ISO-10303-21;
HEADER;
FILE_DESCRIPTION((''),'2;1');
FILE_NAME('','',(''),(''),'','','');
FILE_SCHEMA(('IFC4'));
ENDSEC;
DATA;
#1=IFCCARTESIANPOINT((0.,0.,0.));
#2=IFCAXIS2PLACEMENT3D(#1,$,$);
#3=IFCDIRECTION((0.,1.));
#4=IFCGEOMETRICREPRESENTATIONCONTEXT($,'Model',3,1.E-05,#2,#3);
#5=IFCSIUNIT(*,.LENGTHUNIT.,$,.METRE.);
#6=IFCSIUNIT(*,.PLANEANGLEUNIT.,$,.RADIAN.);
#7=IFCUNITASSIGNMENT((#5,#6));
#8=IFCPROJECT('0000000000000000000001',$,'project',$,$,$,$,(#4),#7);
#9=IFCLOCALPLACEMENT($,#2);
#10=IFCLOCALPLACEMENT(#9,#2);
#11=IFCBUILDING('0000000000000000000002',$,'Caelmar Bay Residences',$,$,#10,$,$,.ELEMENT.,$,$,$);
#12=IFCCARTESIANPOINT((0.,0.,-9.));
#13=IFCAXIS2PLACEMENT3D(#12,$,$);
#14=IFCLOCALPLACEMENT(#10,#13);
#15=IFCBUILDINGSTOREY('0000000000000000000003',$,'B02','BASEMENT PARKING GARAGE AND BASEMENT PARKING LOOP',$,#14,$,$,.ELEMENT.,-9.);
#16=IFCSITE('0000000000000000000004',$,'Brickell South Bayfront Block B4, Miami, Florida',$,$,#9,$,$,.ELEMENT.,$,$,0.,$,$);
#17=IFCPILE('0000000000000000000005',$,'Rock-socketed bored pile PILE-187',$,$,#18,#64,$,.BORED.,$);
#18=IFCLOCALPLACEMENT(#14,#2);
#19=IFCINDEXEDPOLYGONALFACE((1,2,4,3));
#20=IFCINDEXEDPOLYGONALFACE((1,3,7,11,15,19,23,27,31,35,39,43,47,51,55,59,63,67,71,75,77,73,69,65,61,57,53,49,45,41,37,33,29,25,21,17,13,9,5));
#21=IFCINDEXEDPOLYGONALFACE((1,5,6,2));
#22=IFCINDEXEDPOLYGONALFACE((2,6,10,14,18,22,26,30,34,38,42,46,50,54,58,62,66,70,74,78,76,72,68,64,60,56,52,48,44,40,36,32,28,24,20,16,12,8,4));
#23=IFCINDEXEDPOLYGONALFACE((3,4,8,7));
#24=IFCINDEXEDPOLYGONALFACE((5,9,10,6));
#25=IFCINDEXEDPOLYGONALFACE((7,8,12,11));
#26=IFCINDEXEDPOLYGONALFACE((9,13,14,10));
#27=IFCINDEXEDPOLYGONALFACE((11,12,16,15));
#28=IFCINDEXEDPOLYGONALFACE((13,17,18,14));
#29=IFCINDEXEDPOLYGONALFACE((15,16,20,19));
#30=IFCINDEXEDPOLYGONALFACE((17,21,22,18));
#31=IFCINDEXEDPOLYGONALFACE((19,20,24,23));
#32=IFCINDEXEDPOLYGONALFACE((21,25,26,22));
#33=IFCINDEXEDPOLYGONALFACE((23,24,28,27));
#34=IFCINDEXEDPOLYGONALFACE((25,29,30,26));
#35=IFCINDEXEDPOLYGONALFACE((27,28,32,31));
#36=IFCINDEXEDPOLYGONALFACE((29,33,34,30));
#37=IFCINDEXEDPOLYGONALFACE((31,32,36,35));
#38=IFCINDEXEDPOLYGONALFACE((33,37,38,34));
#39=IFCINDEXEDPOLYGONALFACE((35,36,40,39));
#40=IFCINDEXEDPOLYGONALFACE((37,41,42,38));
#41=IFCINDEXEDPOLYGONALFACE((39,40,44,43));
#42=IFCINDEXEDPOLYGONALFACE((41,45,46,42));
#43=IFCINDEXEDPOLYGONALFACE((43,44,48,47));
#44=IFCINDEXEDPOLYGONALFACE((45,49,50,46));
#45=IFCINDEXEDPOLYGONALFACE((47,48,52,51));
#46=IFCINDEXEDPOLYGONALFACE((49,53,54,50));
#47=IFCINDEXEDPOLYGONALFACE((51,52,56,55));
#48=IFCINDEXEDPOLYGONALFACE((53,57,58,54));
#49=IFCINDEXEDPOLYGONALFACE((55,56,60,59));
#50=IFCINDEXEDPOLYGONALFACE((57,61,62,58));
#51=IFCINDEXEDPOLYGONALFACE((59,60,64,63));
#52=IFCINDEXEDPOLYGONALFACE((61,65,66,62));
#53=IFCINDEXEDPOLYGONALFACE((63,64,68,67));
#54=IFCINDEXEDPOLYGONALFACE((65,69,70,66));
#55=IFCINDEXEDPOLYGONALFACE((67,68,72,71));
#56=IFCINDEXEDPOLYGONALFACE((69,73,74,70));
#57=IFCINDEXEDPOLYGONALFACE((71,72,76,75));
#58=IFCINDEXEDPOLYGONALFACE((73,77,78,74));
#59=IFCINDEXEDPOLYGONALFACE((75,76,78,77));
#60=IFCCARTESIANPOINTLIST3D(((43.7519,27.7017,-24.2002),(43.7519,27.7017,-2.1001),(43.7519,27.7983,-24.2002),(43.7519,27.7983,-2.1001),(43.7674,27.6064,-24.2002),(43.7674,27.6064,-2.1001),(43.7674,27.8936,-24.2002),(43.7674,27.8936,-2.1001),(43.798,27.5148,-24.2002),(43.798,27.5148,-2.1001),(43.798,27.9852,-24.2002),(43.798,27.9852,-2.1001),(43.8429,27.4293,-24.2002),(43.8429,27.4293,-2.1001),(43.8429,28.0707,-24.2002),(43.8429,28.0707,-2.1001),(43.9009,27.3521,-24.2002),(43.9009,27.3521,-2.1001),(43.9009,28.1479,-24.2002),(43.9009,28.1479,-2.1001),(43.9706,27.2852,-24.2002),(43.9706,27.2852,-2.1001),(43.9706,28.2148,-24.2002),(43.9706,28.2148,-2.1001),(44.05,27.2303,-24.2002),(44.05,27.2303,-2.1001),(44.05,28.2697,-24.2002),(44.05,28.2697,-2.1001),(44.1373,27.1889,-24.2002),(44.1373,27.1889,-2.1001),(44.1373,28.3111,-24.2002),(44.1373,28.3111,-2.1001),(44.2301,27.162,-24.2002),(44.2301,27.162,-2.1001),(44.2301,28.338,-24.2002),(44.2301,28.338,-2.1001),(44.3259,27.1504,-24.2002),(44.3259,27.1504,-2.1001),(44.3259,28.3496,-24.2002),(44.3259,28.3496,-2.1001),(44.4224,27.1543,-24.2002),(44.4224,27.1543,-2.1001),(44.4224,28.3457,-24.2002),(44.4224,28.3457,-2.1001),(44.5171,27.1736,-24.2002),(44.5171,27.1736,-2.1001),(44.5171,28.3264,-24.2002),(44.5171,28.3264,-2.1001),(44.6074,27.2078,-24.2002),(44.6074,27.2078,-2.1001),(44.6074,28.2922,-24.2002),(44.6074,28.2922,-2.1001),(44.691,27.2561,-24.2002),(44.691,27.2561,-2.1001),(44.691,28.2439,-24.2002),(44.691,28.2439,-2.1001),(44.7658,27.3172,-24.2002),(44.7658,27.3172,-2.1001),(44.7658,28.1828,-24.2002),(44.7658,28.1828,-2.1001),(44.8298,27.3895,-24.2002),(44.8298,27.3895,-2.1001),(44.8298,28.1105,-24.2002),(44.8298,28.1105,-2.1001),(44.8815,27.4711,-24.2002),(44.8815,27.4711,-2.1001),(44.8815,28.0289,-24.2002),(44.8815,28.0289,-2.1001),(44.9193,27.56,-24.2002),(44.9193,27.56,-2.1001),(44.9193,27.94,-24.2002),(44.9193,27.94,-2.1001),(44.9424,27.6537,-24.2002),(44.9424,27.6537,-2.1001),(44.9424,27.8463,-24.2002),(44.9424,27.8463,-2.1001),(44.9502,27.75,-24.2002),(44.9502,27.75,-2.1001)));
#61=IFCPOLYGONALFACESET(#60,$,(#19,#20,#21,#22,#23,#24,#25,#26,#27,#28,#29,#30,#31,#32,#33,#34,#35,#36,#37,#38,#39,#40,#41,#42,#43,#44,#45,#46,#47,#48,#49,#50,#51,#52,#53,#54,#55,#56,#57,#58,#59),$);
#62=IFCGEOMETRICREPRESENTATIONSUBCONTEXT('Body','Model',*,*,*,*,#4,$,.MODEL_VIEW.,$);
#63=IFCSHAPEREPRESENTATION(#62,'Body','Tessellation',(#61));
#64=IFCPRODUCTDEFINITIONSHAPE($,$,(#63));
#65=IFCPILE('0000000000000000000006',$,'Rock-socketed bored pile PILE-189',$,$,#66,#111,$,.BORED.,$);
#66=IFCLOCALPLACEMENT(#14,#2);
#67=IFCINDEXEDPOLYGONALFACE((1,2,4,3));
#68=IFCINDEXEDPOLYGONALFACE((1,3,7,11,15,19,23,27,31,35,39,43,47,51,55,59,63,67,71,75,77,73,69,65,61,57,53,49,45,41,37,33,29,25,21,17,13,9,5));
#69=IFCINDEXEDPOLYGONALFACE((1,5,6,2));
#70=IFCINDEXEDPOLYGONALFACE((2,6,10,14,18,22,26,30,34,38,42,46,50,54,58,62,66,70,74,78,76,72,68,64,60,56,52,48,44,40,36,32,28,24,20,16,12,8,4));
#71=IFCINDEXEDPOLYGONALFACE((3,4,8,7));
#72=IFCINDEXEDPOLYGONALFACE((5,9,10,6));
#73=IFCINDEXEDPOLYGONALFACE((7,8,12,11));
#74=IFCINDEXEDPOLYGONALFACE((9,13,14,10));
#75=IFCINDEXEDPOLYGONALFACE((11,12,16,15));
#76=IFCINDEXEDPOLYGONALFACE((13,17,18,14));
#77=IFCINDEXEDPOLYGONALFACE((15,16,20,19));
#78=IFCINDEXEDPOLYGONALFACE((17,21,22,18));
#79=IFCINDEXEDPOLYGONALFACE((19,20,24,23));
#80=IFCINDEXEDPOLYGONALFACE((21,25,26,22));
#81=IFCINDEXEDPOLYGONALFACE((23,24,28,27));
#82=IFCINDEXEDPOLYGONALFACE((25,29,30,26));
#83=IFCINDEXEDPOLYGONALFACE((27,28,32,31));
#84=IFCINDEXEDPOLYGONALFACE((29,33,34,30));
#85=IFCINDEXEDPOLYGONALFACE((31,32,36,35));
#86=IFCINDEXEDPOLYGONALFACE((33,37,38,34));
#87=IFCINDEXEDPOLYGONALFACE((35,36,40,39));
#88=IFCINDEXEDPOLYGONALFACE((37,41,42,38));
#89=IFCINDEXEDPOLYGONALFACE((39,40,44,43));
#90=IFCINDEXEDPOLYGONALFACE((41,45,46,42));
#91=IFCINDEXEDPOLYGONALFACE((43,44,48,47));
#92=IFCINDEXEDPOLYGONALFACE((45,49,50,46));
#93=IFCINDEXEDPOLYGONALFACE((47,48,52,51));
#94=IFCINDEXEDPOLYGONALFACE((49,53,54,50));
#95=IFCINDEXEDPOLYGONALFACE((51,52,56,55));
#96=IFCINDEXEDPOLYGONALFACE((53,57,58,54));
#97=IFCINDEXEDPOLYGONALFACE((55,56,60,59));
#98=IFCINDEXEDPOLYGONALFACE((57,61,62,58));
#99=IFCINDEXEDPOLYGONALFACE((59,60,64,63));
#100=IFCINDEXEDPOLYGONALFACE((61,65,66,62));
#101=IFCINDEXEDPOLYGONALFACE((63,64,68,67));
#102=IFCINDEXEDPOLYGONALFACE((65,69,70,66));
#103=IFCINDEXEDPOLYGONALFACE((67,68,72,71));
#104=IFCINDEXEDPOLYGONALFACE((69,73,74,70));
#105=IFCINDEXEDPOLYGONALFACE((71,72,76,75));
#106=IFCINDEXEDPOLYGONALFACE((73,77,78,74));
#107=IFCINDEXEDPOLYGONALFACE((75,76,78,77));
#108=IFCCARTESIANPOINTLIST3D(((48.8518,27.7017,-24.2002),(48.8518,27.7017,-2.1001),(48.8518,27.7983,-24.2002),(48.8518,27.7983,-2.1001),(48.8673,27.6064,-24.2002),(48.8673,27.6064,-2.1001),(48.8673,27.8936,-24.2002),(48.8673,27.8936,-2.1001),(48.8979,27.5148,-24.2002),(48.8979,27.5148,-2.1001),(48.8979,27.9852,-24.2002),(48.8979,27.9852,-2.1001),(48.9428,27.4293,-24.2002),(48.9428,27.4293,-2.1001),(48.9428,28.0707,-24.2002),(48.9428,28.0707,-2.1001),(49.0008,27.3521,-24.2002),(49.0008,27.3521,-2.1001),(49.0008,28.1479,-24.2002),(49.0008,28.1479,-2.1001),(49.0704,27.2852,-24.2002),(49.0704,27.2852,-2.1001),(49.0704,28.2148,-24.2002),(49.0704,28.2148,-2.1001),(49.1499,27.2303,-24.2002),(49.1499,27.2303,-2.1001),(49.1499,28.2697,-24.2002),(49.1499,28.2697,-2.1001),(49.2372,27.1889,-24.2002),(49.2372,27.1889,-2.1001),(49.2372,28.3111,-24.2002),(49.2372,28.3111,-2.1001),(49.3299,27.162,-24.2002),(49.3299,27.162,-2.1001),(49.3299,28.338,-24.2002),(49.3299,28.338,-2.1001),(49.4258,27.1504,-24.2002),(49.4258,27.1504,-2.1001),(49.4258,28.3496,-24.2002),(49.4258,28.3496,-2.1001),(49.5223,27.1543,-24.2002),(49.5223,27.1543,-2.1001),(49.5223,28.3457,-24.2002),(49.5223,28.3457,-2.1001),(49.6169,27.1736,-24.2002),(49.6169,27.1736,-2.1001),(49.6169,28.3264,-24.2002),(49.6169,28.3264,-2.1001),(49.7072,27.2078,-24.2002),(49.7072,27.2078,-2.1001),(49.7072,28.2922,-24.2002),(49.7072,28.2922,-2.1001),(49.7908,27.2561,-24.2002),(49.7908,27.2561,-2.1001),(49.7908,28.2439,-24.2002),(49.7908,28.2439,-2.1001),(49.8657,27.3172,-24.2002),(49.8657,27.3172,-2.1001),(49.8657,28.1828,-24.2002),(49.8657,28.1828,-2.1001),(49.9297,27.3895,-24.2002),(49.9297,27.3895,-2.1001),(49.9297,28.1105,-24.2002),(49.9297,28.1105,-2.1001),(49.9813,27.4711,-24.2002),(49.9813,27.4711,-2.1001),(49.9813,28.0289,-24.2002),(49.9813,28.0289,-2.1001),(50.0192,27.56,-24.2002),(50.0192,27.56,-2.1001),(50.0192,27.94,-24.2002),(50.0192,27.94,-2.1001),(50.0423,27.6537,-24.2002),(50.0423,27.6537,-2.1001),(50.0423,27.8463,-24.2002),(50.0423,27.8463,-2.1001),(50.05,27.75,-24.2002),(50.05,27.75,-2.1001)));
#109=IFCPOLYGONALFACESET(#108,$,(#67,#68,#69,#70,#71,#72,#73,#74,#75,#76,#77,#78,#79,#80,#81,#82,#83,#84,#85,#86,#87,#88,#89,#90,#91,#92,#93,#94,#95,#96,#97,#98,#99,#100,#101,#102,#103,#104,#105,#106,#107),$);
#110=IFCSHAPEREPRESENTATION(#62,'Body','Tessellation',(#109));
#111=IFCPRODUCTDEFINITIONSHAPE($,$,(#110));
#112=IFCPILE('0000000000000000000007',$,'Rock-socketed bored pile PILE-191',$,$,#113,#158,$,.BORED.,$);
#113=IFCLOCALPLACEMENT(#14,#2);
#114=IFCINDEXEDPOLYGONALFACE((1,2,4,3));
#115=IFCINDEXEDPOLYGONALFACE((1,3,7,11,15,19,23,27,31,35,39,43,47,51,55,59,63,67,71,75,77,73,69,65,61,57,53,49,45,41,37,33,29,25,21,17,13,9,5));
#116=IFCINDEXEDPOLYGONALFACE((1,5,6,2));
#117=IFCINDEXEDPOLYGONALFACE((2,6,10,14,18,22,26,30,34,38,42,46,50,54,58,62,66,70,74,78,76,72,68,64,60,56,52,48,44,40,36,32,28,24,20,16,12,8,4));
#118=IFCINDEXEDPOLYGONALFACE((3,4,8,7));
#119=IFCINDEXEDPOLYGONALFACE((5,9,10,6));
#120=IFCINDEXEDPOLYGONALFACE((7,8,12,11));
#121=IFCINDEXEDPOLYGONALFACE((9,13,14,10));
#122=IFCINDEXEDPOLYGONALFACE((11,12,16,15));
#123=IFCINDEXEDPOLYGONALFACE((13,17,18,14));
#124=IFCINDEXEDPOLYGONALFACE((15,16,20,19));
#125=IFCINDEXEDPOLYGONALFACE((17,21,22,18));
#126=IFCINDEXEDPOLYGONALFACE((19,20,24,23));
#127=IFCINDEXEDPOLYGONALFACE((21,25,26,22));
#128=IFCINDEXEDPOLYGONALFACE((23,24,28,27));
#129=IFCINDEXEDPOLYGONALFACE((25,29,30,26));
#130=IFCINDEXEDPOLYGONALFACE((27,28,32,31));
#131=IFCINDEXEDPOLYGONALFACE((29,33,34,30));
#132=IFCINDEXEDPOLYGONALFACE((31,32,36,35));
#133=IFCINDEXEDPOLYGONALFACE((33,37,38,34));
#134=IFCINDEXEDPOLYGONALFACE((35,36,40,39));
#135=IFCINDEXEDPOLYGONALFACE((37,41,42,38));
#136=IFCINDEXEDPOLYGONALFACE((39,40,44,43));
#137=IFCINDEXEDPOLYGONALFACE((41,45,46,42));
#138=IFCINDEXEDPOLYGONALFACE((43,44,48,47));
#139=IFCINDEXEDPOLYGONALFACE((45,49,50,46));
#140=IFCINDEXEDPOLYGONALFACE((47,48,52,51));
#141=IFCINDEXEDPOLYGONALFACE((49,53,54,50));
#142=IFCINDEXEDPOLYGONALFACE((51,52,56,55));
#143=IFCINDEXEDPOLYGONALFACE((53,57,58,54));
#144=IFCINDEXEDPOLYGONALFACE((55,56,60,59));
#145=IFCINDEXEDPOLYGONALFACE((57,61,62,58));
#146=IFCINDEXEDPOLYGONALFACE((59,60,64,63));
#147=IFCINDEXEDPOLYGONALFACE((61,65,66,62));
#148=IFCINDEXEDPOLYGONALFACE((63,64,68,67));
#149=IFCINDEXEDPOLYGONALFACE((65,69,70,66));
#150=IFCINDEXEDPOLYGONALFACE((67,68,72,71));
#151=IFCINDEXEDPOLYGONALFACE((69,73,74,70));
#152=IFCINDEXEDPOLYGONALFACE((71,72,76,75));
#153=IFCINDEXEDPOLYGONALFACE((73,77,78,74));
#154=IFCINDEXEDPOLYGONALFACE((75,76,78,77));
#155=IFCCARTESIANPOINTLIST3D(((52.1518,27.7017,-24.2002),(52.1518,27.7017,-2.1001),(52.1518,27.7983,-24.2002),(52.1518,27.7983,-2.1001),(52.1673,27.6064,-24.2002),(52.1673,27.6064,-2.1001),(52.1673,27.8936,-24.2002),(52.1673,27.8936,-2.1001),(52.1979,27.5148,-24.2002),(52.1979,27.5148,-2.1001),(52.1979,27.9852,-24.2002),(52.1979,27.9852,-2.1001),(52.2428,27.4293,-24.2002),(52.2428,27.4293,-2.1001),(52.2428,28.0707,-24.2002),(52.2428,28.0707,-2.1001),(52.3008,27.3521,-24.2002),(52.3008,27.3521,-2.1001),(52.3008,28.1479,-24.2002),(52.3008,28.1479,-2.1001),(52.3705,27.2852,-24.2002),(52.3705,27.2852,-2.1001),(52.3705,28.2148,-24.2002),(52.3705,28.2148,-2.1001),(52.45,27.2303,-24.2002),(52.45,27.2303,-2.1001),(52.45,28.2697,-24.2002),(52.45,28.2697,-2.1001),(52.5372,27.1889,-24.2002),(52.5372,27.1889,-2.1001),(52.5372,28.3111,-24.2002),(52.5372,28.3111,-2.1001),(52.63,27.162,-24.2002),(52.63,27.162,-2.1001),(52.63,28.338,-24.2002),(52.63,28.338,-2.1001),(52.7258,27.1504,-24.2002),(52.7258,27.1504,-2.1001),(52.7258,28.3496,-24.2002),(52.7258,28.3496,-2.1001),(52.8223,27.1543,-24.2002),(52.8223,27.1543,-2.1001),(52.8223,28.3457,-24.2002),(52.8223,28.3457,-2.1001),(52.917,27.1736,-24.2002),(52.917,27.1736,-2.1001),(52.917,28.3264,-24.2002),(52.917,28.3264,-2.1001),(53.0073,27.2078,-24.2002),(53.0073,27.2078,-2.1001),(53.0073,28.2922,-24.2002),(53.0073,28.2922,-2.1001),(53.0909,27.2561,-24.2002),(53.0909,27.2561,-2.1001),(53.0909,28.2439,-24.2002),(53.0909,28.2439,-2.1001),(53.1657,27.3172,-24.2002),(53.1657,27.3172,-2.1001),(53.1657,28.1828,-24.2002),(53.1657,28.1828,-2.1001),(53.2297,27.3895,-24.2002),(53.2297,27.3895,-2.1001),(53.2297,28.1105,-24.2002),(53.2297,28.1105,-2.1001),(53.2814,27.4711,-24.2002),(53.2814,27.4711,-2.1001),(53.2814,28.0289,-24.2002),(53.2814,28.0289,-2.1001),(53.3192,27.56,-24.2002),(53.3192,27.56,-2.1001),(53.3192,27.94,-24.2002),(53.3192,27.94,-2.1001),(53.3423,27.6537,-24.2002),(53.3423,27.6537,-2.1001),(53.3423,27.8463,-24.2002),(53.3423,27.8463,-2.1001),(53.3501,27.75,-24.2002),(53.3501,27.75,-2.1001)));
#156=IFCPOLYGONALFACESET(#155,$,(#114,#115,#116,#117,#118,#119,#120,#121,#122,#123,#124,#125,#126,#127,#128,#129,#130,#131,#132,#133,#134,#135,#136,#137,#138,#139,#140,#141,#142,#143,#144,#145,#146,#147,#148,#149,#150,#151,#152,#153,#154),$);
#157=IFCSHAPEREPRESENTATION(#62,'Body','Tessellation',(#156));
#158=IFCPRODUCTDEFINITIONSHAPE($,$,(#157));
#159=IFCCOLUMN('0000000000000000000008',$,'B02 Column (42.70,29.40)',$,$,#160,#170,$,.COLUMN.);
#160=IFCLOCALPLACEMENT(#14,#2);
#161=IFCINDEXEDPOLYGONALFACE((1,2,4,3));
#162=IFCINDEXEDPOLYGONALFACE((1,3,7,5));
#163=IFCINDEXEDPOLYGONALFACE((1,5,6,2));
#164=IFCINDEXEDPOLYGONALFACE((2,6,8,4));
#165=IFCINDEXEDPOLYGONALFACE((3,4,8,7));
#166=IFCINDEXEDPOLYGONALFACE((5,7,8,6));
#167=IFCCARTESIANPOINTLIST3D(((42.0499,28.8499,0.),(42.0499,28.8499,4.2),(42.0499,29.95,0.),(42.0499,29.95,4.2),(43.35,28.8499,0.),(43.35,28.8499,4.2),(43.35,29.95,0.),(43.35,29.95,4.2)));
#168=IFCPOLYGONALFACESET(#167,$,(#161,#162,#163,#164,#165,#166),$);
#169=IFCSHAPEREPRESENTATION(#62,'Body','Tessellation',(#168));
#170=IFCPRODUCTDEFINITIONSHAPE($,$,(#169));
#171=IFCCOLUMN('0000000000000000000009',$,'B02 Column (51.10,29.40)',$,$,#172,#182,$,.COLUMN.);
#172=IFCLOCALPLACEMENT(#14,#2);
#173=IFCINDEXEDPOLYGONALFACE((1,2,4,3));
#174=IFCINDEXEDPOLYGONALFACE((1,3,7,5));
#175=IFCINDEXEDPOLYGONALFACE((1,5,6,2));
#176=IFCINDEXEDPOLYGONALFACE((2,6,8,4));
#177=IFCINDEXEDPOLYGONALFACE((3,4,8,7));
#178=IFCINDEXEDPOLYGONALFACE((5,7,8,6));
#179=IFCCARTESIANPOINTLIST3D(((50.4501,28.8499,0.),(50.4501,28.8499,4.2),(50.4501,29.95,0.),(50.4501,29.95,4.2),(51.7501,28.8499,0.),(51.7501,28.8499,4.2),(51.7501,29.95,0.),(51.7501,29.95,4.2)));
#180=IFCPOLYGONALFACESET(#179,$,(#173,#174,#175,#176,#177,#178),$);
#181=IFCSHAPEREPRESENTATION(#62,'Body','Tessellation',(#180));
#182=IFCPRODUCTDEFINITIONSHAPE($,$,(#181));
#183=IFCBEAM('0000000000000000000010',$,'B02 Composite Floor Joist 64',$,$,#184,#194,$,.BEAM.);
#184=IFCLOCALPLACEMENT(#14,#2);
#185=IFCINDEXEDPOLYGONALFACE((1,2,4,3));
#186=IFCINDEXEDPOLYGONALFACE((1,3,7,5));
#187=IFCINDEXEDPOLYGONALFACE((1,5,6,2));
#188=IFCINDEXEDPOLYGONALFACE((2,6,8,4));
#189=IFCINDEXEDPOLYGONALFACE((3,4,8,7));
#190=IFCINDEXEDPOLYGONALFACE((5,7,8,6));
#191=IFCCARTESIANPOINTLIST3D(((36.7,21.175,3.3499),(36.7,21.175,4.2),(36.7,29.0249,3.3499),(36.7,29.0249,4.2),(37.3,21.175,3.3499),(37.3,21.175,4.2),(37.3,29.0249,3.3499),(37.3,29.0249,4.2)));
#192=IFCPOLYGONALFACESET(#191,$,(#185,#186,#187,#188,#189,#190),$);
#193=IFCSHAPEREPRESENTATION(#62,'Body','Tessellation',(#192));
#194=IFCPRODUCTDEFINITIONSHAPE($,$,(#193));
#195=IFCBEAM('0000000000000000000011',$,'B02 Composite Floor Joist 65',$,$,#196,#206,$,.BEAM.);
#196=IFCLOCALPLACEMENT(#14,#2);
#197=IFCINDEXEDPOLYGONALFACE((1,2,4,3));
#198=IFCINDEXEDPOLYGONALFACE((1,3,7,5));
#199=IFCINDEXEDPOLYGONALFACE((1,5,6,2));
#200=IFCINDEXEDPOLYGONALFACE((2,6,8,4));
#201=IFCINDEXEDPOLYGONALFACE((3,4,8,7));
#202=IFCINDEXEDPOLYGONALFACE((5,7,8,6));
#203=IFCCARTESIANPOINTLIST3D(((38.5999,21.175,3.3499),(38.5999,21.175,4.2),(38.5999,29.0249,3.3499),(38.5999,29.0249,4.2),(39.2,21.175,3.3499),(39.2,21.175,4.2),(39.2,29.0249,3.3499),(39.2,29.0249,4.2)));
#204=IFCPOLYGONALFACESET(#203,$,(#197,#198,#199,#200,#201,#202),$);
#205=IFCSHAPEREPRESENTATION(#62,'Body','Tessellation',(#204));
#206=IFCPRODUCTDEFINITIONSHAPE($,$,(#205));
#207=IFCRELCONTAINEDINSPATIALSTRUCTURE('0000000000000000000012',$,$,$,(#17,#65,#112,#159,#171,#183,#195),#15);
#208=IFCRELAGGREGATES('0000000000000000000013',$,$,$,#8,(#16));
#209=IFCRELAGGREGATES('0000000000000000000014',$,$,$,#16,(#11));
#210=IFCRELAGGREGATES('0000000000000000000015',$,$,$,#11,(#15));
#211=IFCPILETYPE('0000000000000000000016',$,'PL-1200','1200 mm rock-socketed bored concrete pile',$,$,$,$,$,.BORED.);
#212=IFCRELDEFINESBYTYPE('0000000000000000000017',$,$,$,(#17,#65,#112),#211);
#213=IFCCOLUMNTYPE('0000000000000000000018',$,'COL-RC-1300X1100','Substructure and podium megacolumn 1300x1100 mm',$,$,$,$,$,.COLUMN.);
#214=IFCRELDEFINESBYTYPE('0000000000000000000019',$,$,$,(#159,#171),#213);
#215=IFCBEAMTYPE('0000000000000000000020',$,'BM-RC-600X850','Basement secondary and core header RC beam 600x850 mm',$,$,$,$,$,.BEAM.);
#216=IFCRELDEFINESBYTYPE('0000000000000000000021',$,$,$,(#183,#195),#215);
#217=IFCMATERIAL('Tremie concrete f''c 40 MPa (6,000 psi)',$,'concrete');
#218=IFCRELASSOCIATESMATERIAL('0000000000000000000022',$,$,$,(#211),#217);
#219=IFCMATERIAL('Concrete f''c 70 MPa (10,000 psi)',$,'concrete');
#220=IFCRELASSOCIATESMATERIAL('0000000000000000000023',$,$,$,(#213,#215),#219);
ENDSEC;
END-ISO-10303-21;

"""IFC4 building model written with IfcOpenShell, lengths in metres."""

from ifc_helpers import new_model, si_unit, direction, frame, origin, origin_2d, place, context, subcontext, project, spatial, rectangle, circle, extrude, material, material_profile, profile_set, type_object, element, save


model = new_model("IFC4")

# Units and contexts
model_context = context("Model", 3, precision=1e-05, world=origin(), true_north=direction((0.0, 1.0)))
body_context = subcontext(model_context, "Body", "Model", "MODEL_VIEW")
ifc_project = project(units=[si_unit("LENGTHUNIT", "METRE"), si_unit("PLANEANGLEUNIT", "RADIAN")], contexts=[model_context])

# Site, building, storey
site_placement = place(None, origin())
site = spatial("IfcSite", under=ifc_project, at=site_placement, Name="Brickell South Bayfront Block B4, Miami, Florida", CompositionType="ELEMENT", RefElevation=0.0)
building_placement = place(site_placement, origin())
building = spatial("IfcBuilding", under=site, at=building_placement, Name="Caelmar Bay Residences", CompositionType="ELEMENT")
storey_placement = place(building_placement, frame((0.0, 0.0, -9.0)))
storey = spatial("IfcBuildingStorey", under=building, at=storey_placement, Name="B02", Description="BASEMENT PARKING GARAGE AND BASEMENT PARKING LOOP", CompositionType="ELEMENT", Elevation=-9.0)

# Piles
ifc_material_1 = material(Name="Tremie concrete f'c 40 MPa (6,000 psi)", Category="concrete")
ifc_material_profile_1 = material_profile(ifc_material_1, circle(Radius=0.6001, at=origin_2d()), Name="PILE-1200D")
ifc_profile_set_1 = profile_set([ifc_material_profile_1], Name="Tremie concrete f'c 40 MPa (6,000 psi)")
pile_type = type_object("IfcPileType", Name="PL-1200", Description="1200 mm rock-socketed bored concrete pile", PredefinedType="BORED", material=ifc_profile_set_1)
for number, where, z_axis, x_axis, name in (
    (1, (44.3501, 27.75, -2.1001), (0.0, 0.0, -1.0), (1.0, 0.0, 0.0), "Rock-socketed bored pile PILE-187"),
    (2, (49.45, 27.75, -2.1001), (0.0, 0.0, -1.0), (1.0, 0.0, 0.0), "Rock-socketed bored pile PILE-189"),
    (3, (52.75, 27.75, -2.1001), (0.0, 0.0, -1.0), (1.0, 0.0, 0.0), "Rock-socketed bored pile PILE-191"),
):
    element("IfcPile", number, at=place(storey_placement, frame(where, z_axis=z_axis, x_axis=x_axis)), inside=storey, type_object=pile_type, Name=name, PredefinedType="BORED", context=body_context, shape_type="SweptSolid", body=[
        extrude(circle(Radius=0.6001, at=origin_2d()), origin(), (0.0, 0.0, 1.0), 22.1001),
    ])

# Columns
ifc_material_2 = material(Name="Concrete f'c 70 MPa (10,000 psi)", Category="concrete")
ifc_material_profile_2 = material_profile(ifc_material_2, rectangle(XDim=1.3, YDim=1.1001, at=origin_2d()), Name="RC-COL-1300X1100")
ifc_profile_set_2 = profile_set([ifc_material_profile_2], Name="Concrete f'c 70 MPa (10,000 psi)")
column_type = type_object("IfcColumnType", Name="COL-RC-1300X1100", Description="Substructure and podium megacolumn 1300x1100 mm", PredefinedType="COLUMN", material=ifc_profile_set_2)
for number, where, z_axis, x_axis, name in (
    (4, (42.7, 29.3999, 0.0), (0.0, 0.0, 1.0), (1.0, 0.0, 0.0), "B02 Column (42.70,29.40)"),
    (5, (51.1001, 29.3999, 0.0), (0.0, 0.0, 1.0), (1.0, 0.0, 0.0), "B02 Column (51.10,29.40)"),
):
    element("IfcColumn", number, at=place(storey_placement, frame(where, z_axis=z_axis, x_axis=x_axis)), inside=storey, type_object=column_type, Name=name, PredefinedType="COLUMN", context=body_context, shape_type="SweptSolid", body=[
        extrude(rectangle(XDim=1.3, YDim=1.1001, at=origin_2d()), origin(), (0.0, 0.0, 1.0), 4.2),
    ])

# Beams
ifc_material_profile_3 = material_profile(ifc_material_2, rectangle(XDim=0.6001, YDim=0.8501, at=origin_2d()), Name="RC-BM-600X850")
ifc_profile_set_3 = profile_set([ifc_material_profile_3], Name="Concrete f'c 70 MPa (10,000 psi)")
beam_type_1 = type_object("IfcBeamType", Name="BM-RC-600X850", Description="Basement secondary and core header RC beam 600x850 mm", PredefinedType="BEAM", material=ifc_profile_set_3)
for number, where, z_axis, x_axis, name in (
    (6, (37.0, 21.175, 3.7749), (0.0, 1.0, 0.0), (-1.0, 0.0, 0.0), "B02 Composite Floor Joist 64"),
    (7, (38.8999, 21.175, 3.7749), (0.0, 1.0, 0.0), (-1.0, 0.0, 0.0), "B02 Composite Floor Joist 65"),
):
    element("IfcBeam", number, at=place(storey_placement, frame(where, z_axis=z_axis, x_axis=x_axis)), inside=storey, type_object=beam_type_1, Name=name, PredefinedType="BEAM", context=body_context, shape_type="SweptSolid", body=[
        extrude(rectangle(XDim=0.6001, YDim=0.8501, at=origin_2d()), origin(), (0.0, 0.0, 1.0), 7.8499),
    ])

save(model, "model.ifc")
